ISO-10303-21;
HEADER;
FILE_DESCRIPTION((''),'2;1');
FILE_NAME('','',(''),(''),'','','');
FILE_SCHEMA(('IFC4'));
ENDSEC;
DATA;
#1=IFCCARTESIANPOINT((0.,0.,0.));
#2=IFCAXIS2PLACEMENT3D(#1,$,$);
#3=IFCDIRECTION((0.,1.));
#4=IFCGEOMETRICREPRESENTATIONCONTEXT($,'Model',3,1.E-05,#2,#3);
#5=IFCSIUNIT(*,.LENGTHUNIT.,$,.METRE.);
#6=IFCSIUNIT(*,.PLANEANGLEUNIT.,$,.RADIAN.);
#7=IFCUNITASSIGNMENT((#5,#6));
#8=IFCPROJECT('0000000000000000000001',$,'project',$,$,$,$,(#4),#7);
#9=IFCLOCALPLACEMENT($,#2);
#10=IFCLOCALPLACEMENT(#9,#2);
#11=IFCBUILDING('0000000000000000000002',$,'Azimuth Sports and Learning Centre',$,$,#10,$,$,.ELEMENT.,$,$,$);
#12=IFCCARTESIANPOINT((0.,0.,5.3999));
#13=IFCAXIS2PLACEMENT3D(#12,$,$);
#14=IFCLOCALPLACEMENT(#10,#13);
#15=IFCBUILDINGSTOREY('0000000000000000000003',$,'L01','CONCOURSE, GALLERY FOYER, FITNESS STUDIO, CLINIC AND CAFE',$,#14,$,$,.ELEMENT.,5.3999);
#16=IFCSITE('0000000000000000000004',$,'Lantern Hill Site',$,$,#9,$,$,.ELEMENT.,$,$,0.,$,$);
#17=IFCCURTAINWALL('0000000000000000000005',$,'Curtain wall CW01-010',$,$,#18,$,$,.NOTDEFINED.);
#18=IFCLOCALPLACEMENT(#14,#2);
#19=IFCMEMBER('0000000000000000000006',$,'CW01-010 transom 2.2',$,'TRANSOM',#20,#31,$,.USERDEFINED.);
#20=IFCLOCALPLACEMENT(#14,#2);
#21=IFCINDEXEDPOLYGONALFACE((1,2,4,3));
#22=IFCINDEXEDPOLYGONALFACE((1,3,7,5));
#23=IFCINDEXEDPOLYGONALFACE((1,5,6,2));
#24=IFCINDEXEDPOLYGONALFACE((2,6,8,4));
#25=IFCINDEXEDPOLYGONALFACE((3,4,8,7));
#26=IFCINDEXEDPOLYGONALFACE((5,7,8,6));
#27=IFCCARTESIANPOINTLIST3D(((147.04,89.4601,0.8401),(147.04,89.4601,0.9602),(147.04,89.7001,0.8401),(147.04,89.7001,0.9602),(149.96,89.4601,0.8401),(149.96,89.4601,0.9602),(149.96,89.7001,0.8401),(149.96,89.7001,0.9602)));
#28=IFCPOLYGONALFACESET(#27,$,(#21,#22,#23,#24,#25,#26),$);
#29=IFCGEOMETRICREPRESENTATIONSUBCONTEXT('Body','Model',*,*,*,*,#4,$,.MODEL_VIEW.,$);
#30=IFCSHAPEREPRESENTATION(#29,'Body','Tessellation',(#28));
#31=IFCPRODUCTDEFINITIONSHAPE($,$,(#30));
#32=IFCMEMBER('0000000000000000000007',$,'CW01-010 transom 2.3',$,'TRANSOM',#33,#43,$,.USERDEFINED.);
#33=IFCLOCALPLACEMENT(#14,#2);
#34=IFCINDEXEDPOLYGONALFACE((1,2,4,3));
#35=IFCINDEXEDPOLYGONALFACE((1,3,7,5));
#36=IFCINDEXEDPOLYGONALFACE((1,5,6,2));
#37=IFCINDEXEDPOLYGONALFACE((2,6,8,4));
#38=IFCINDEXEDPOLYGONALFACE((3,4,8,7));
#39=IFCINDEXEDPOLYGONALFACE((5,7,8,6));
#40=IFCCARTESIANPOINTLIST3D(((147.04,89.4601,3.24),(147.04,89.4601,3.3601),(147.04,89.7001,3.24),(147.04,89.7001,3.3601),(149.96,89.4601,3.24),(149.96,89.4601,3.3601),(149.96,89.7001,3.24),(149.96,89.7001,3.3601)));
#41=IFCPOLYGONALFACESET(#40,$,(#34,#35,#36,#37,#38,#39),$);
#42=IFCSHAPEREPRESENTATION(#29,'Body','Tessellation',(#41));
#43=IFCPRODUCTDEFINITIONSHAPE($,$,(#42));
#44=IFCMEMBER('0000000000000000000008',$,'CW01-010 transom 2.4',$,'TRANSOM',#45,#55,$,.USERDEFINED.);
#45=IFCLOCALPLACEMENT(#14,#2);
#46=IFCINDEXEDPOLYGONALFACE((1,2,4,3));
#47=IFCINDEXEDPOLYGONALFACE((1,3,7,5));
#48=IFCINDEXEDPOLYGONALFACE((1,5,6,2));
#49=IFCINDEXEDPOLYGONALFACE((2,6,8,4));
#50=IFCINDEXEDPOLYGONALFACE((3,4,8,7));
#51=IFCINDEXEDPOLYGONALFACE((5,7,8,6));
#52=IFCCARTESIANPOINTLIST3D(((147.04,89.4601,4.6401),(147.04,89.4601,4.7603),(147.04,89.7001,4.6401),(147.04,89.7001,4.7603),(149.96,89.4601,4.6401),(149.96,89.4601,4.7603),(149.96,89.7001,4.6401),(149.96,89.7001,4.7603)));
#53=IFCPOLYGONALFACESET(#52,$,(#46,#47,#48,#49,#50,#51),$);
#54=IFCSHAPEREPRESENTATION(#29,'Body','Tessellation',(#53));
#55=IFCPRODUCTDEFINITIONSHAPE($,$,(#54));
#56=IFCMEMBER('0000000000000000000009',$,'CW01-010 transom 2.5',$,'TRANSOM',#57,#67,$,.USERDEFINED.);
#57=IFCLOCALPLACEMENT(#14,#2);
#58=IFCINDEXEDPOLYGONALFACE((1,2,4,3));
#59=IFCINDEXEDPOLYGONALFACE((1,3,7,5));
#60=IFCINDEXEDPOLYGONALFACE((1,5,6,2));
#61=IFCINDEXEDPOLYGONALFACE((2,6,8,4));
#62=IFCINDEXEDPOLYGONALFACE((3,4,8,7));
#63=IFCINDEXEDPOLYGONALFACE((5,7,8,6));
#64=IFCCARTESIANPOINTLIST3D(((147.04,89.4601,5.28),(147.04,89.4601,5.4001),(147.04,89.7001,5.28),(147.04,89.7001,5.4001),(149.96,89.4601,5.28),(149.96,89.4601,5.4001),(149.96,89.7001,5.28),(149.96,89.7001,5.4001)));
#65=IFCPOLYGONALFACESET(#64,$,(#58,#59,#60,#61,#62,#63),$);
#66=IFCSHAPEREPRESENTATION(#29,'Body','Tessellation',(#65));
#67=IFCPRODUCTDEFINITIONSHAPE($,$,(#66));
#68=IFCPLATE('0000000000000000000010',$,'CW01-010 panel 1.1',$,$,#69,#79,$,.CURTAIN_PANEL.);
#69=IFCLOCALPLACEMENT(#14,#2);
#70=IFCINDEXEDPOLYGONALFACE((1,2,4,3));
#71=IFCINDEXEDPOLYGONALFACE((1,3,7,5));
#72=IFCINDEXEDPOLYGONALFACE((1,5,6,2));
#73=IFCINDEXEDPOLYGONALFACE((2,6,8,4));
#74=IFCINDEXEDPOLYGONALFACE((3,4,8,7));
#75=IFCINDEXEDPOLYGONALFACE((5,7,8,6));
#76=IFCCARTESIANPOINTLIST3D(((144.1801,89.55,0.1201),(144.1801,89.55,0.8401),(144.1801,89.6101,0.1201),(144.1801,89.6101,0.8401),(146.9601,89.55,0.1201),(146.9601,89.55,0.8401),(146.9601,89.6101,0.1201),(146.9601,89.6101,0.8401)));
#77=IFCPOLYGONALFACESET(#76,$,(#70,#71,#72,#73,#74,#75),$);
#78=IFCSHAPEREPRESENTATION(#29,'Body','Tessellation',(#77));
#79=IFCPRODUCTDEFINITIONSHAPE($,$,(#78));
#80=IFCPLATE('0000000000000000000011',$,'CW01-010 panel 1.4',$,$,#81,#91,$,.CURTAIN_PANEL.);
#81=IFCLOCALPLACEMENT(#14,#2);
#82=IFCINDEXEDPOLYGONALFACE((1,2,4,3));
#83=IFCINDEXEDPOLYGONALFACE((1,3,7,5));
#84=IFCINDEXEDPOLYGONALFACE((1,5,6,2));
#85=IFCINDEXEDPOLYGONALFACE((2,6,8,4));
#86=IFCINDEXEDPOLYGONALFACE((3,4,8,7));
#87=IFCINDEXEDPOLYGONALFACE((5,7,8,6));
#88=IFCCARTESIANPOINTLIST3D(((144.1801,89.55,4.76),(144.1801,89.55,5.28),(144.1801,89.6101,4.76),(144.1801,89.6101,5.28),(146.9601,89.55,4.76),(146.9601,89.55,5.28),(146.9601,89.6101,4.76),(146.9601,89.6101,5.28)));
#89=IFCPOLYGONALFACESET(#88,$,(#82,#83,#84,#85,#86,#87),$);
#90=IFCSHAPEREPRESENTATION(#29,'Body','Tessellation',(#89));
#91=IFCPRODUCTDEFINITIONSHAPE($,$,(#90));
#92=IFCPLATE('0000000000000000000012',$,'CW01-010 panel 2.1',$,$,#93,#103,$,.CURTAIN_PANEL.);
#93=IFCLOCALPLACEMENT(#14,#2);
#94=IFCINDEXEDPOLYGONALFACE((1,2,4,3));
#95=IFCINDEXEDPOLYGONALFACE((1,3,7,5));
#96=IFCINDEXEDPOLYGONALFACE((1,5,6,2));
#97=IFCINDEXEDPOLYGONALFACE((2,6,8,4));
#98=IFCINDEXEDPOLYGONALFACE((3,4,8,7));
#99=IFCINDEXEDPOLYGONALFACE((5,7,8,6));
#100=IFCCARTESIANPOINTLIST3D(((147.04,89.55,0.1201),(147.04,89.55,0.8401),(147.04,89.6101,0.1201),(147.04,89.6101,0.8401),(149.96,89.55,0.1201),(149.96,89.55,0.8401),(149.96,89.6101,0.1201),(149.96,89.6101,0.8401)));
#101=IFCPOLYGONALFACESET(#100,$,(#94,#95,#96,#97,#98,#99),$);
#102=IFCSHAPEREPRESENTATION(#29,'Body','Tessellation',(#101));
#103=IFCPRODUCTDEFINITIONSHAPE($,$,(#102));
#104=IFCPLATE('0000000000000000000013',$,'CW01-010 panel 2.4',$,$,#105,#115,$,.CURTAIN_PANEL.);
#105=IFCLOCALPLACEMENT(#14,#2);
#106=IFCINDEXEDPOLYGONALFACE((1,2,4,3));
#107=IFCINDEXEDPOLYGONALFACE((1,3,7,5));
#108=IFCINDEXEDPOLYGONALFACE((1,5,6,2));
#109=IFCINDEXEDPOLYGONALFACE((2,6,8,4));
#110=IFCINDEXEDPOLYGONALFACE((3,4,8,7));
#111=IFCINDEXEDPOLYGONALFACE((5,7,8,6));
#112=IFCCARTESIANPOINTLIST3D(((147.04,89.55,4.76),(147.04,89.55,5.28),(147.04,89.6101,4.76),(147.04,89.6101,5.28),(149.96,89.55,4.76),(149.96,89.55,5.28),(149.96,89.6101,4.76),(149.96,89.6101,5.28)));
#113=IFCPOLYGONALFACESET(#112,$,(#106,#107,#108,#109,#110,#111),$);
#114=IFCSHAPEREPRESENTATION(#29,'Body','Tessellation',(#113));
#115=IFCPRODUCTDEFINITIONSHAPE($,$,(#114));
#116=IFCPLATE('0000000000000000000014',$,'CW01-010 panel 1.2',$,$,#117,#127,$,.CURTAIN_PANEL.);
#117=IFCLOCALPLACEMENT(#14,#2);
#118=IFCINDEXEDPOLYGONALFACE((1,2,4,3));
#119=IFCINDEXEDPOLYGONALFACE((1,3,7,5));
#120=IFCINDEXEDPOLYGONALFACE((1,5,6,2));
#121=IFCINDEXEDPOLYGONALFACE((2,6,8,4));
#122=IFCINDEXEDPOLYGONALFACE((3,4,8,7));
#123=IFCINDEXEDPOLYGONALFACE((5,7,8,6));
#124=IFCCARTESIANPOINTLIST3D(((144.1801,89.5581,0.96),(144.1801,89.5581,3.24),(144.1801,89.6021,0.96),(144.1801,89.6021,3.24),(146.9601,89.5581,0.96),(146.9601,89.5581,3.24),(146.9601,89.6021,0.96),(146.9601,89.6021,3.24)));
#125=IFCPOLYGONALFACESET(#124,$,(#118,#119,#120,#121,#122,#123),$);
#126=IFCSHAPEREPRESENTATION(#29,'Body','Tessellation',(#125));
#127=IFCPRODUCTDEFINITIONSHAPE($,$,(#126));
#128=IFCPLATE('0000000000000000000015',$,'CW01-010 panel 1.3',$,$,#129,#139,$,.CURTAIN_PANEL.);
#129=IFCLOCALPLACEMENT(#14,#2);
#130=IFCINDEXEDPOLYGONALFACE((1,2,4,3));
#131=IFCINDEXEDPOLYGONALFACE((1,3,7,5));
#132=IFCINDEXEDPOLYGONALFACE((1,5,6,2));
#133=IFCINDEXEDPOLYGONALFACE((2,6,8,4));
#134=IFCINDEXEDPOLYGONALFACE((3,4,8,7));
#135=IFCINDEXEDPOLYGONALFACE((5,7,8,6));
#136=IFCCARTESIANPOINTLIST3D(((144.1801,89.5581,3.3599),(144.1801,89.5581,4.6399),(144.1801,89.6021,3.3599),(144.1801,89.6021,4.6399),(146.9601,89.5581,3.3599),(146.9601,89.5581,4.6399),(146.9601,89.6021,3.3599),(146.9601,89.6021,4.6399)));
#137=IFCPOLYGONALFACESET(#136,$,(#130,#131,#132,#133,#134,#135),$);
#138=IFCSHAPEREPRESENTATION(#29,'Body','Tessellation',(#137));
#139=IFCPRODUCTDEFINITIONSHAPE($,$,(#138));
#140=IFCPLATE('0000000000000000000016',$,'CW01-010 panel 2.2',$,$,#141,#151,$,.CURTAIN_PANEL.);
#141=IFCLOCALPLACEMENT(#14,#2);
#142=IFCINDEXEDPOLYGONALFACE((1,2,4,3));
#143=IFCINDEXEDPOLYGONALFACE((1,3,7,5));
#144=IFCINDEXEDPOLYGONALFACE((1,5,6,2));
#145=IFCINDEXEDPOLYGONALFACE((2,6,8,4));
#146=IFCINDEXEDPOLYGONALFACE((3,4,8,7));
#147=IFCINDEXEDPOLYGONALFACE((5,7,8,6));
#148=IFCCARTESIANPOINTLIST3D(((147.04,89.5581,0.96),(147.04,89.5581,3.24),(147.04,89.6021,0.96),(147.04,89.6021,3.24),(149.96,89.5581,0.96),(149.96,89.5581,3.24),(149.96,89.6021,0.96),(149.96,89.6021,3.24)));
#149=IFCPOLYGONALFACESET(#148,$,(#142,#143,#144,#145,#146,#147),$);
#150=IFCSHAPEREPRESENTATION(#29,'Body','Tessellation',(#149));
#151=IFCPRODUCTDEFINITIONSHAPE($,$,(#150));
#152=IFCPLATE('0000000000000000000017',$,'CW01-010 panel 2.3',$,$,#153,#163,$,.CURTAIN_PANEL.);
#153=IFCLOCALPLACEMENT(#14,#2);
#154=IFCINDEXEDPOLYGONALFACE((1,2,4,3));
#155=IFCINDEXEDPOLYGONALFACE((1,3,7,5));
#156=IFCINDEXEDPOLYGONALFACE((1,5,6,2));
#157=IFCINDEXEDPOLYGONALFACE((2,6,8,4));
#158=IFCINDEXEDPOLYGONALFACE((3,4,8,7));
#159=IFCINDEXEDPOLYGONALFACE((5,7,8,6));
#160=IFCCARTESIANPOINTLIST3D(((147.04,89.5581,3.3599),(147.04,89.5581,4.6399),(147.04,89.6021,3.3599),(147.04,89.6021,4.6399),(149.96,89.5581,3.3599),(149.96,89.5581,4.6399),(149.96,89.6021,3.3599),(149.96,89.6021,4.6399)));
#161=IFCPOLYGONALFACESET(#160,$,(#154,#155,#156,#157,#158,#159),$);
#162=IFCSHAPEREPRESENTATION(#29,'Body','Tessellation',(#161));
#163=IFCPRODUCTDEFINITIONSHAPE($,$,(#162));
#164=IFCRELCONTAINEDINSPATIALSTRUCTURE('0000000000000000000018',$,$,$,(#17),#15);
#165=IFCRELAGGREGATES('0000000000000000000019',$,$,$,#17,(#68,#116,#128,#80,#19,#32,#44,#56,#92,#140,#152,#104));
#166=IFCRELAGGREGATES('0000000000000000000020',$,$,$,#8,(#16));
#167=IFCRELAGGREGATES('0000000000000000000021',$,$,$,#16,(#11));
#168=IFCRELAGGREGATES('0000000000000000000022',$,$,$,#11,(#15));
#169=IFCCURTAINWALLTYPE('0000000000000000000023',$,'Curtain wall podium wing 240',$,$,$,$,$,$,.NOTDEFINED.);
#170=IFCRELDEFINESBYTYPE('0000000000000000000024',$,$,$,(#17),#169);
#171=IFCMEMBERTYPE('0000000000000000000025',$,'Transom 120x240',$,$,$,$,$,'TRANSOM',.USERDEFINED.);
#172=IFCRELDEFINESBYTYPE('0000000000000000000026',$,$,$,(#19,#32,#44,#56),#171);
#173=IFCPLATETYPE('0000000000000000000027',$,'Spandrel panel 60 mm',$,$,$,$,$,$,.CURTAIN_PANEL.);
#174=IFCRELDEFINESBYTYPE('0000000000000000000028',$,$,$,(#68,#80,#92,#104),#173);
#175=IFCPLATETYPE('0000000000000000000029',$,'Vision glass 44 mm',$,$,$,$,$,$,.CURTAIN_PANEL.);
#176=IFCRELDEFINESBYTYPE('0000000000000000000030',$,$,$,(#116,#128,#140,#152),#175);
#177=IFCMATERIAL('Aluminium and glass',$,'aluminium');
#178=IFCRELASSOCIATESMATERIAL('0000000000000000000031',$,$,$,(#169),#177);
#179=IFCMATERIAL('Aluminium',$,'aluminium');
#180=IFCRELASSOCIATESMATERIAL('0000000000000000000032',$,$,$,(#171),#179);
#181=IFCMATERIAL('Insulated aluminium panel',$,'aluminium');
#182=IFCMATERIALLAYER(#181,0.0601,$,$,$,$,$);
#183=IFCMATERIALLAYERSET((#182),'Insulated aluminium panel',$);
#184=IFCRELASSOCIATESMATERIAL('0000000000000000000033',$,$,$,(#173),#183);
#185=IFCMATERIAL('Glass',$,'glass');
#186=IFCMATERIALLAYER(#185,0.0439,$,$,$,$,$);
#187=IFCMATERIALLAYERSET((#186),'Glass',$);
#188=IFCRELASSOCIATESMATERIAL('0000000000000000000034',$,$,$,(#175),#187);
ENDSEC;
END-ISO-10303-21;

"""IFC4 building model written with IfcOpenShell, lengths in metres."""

from ifc_helpers import new_model, si_unit, direction, frame, origin, origin_2d, place, context, subcontext, project, spatial, rectangle, extrude, material, layer, layer_set, material_profile, profile_set, type_object, element, aggregate, save


model = new_model("IFC4")

# Units and contexts
model_context = context("Model", 3, precision=1e-05, world=origin(), true_north=direction((0.0, 1.0)))
body_context = subcontext(model_context, "Body", "Model", "MODEL_VIEW")
ifc_project = project(units=[si_unit("LENGTHUNIT", "METRE"), si_unit("PLANEANGLEUNIT", "RADIAN")], contexts=[model_context])

# Site, building, storey
site_placement = place(None, origin())
site = spatial("IfcSite", under=ifc_project, at=site_placement, Name="Lantern Hill Site", CompositionType="ELEMENT", RefElevation=0.0)
building_placement = place(site_placement, origin())
building = spatial("IfcBuilding", under=site, at=building_placement, Name="Azimuth Sports and Learning Centre", CompositionType="ELEMENT")
storey_placement = place(building_placement, frame((0.0, 0.0, 5.3999)))
storey = spatial("IfcBuildingStorey", under=building, at=storey_placement, Name="L01", Description="CONCOURSE, GALLERY FOYER, FITNESS STUDIO, CLINIC AND CAFE", CompositionType="ELEMENT", Elevation=5.3999)

# Curtain wall, members, plates
ifc_material_1 = material(Name="Aluminium and glass", Category="aluminium")
curtain_wall_type = type_object("IfcCurtainWallType", Name="Curtain wall podium wing 240", PredefinedType="NOTDEFINED", material=ifc_material_1)
curtain_wall_placement = place(storey_placement, origin())
curtain_wall = element("IfcCurtainWall", 1, at=curtain_wall_placement, inside=storey, type_object=curtain_wall_type, Name="Curtain wall CW01-010", PredefinedType="NOTDEFINED")
ifc_material_2 = material(Name="Aluminium", Category="aluminium")
ifc_material_profile_1 = material_profile(ifc_material_2, rectangle(XDim=0.24, YDim=0.1201, at=origin_2d()), Name="Transom 120x240")
ifc_profile_set_1 = profile_set([ifc_material_profile_1], Name="Aluminium")
member_type_1 = type_object("IfcMemberType", Name="Transom 120x240", ElementType="TRANSOM", PredefinedType="USERDEFINED", material=ifc_profile_set_1)
member_1_placement = place(storey_placement, frame((147.04, 89.5801, 0.9001), z_axis=(1.0, 0.0, 0.0), x_axis=(0.0, 1.0, 0.0)))
member_1 = element("IfcMember", 2, at=member_1_placement, type_object=member_type_1, Name="CW01-010 transom 2.2", ObjectType="TRANSOM", PredefinedType="USERDEFINED", context=body_context, shape_type="SweptSolid", body=[
    extrude(rectangle(XDim=0.24, YDim=0.1201, at=origin_2d()), origin(), (0.0, 0.0, 1.0), 2.9199),
])
member_2_placement = place(storey_placement, frame((147.04, 89.5801, 3.3), z_axis=(1.0, 0.0, 0.0), x_axis=(0.0, 1.0, 0.0)))
member_2 = element("IfcMember", 3, at=member_2_placement, type_object=member_type_1, Name="CW01-010 transom 2.3", ObjectType="TRANSOM", PredefinedType="USERDEFINED", context=body_context, shape_type="SweptSolid", body=[
    extrude(rectangle(XDim=0.24, YDim=0.1201, at=origin_2d()), origin(), (0.0, 0.0, 1.0), 2.9199),
])
member_3_placement = place(storey_placement, frame((147.04, 89.5801, 4.7002), z_axis=(1.0, 0.0, 0.0), x_axis=(0.0, 1.0, 0.0)))
member_3 = element("IfcMember", 4, at=member_3_placement, type_object=member_type_1, Name="CW01-010 transom 2.4", ObjectType="TRANSOM", PredefinedType="USERDEFINED", context=body_context, shape_type="SweptSolid", body=[
    extrude(rectangle(XDim=0.24, YDim=0.1201, at=origin_2d()), origin(), (0.0, 0.0, 1.0), 2.9199),
])
member_4_placement = place(storey_placement, frame((147.04, 89.5801, 5.3401), z_axis=(1.0, 0.0, 0.0), x_axis=(0.0, 1.0, 0.0)))
member_4 = element("IfcMember", 5, at=member_4_placement, type_object=member_type_1, Name="CW01-010 transom 2.5", ObjectType="TRANSOM", PredefinedType="USERDEFINED", context=body_context, shape_type="SweptSolid", body=[
    extrude(rectangle(XDim=0.24, YDim=0.1201, at=origin_2d()), origin(), (0.0, 0.0, 1.0), 2.9199),
])
ifc_material_3 = material(Name="Insulated aluminium panel", Category="aluminium")
ifc_layer_1 = layer(ifc_material_3, 0.0601)
ifc_layer_set_1 = layer_set([ifc_layer_1], Name="Insulated aluminium panel")
plate_type_1 = type_object("IfcPlateType", Name="Spandrel panel 60 mm", PredefinedType="CURTAIN_PANEL", material=ifc_layer_set_1)
plate_1_placement = place(storey_placement, frame((145.5701, 89.5801, 0.1201), z_axis=(0.0, 0.0, 1.0), x_axis=(1.0, 0.0, 0.0)))
plate_1 = element("IfcPlate", 6, at=plate_1_placement, type_object=plate_type_1, Name="CW01-010 panel 1.1", PredefinedType="CURTAIN_PANEL", context=body_context, shape_type="SweptSolid", body=[
    extrude(rectangle(XDim=2.78, YDim=0.0601, at=origin_2d()), origin(), (0.0, 0.0, 1.0), 0.72),
])
plate_2_placement = place(storey_placement, frame((145.5701, 89.5801, 4.76), z_axis=(0.0, 0.0, 1.0), x_axis=(1.0, 0.0, 0.0)))
plate_2 = element("IfcPlate", 7, at=plate_2_placement, type_object=plate_type_1, Name="CW01-010 panel 1.4", PredefinedType="CURTAIN_PANEL", context=body_context, shape_type="SweptSolid", body=[
    extrude(rectangle(XDim=2.78, YDim=0.0601, at=origin_2d()), origin(), (0.0, 0.0, 1.0), 0.52),
])
plate_3_placement = place(storey_placement, frame((148.5, 89.5801, 0.1201), z_axis=(0.0, 0.0, 1.0), x_axis=(1.0, 0.0, 0.0)))
plate_3 = element("IfcPlate", 8, at=plate_3_placement, type_object=plate_type_1, Name="CW01-010 panel 2.1", PredefinedType="CURTAIN_PANEL", context=body_context, shape_type="SweptSolid", body=[
    extrude(rectangle(XDim=2.9199, YDim=0.0601, at=origin_2d()), origin(), (0.0, 0.0, 1.0), 0.72),
])
plate_4_placement = place(storey_placement, frame((148.5, 89.5801, 4.76), z_axis=(0.0, 0.0, 1.0), x_axis=(1.0, 0.0, 0.0)))
plate_4 = element("IfcPlate", 9, at=plate_4_placement, type_object=plate_type_1, Name="CW01-010 panel 2.4", PredefinedType="CURTAIN_PANEL", context=body_context, shape_type="SweptSolid", body=[
    extrude(rectangle(XDim=2.9199, YDim=0.0601, at=origin_2d()), origin(), (0.0, 0.0, 1.0), 0.52),
])
ifc_material_4 = material(Name="Glass", Category="glass")
ifc_layer_2 = layer(ifc_material_4, 0.0439)
ifc_layer_set_2 = layer_set([ifc_layer_2], Name="Glass")
plate_type_2 = type_object("IfcPlateType", Name="Vision glass 44 mm", PredefinedType="CURTAIN_PANEL", material=ifc_layer_set_2)
plate_5_placement = place(storey_placement, frame((145.5701, 89.5801, 0.96), z_axis=(0.0, 0.0, 1.0), x_axis=(1.0, 0.0, 0.0)))
plate_5 = element("IfcPlate", 10, at=plate_5_placement, type_object=plate_type_2, Name="CW01-010 panel 1.2", PredefinedType="CURTAIN_PANEL", context=body_context, shape_type="SweptSolid", body=[
    extrude(rectangle(XDim=2.78, YDim=0.0439, at=origin_2d()), origin(), (0.0, 0.0, 1.0), 2.28),
])
plate_6_placement = place(storey_placement, frame((145.5701, 89.5801, 3.3599), z_axis=(0.0, 0.0, 1.0), x_axis=(1.0, 0.0, 0.0)))
plate_6 = element("IfcPlate", 11, at=plate_6_placement, type_object=plate_type_2, Name="CW01-010 panel 1.3", PredefinedType="CURTAIN_PANEL", context=body_context, shape_type="SweptSolid", body=[
    extrude(rectangle(XDim=2.78, YDim=0.0439, at=origin_2d()), origin(), (0.0, 0.0, 1.0), 1.28),
])
plate_7_placement = place(storey_placement, frame((148.5, 89.5801, 0.96), z_axis=(0.0, 0.0, 1.0), x_axis=(1.0, 0.0, 0.0)))
plate_7 = element("IfcPlate", 12, at=plate_7_placement, type_object=plate_type_2, Name="CW01-010 panel 2.2", PredefinedType="CURTAIN_PANEL", context=body_context, shape_type="SweptSolid", body=[
    extrude(rectangle(XDim=2.9199, YDim=0.0439, at=origin_2d()), origin(), (0.0, 0.0, 1.0), 2.28),
])
plate_8_placement = place(storey_placement, frame((148.5, 89.5801, 3.3599), z_axis=(0.0, 0.0, 1.0), x_axis=(1.0, 0.0, 0.0)))
plate_8 = element("IfcPlate", 13, at=plate_8_placement, type_object=plate_type_2, Name="CW01-010 panel 2.3", PredefinedType="CURTAIN_PANEL", context=body_context, shape_type="SweptSolid", body=[
    extrude(rectangle(XDim=2.9199, YDim=0.0439, at=origin_2d()), origin(), (0.0, 0.0, 1.0), 1.28),
])
aggregate(curtain_wall, [plate_1, plate_5, plate_6, plate_2, member_1, member_2, member_3, member_4, plate_3, plate_7, plate_8, plate_4])

save(model, "model.ifc")
